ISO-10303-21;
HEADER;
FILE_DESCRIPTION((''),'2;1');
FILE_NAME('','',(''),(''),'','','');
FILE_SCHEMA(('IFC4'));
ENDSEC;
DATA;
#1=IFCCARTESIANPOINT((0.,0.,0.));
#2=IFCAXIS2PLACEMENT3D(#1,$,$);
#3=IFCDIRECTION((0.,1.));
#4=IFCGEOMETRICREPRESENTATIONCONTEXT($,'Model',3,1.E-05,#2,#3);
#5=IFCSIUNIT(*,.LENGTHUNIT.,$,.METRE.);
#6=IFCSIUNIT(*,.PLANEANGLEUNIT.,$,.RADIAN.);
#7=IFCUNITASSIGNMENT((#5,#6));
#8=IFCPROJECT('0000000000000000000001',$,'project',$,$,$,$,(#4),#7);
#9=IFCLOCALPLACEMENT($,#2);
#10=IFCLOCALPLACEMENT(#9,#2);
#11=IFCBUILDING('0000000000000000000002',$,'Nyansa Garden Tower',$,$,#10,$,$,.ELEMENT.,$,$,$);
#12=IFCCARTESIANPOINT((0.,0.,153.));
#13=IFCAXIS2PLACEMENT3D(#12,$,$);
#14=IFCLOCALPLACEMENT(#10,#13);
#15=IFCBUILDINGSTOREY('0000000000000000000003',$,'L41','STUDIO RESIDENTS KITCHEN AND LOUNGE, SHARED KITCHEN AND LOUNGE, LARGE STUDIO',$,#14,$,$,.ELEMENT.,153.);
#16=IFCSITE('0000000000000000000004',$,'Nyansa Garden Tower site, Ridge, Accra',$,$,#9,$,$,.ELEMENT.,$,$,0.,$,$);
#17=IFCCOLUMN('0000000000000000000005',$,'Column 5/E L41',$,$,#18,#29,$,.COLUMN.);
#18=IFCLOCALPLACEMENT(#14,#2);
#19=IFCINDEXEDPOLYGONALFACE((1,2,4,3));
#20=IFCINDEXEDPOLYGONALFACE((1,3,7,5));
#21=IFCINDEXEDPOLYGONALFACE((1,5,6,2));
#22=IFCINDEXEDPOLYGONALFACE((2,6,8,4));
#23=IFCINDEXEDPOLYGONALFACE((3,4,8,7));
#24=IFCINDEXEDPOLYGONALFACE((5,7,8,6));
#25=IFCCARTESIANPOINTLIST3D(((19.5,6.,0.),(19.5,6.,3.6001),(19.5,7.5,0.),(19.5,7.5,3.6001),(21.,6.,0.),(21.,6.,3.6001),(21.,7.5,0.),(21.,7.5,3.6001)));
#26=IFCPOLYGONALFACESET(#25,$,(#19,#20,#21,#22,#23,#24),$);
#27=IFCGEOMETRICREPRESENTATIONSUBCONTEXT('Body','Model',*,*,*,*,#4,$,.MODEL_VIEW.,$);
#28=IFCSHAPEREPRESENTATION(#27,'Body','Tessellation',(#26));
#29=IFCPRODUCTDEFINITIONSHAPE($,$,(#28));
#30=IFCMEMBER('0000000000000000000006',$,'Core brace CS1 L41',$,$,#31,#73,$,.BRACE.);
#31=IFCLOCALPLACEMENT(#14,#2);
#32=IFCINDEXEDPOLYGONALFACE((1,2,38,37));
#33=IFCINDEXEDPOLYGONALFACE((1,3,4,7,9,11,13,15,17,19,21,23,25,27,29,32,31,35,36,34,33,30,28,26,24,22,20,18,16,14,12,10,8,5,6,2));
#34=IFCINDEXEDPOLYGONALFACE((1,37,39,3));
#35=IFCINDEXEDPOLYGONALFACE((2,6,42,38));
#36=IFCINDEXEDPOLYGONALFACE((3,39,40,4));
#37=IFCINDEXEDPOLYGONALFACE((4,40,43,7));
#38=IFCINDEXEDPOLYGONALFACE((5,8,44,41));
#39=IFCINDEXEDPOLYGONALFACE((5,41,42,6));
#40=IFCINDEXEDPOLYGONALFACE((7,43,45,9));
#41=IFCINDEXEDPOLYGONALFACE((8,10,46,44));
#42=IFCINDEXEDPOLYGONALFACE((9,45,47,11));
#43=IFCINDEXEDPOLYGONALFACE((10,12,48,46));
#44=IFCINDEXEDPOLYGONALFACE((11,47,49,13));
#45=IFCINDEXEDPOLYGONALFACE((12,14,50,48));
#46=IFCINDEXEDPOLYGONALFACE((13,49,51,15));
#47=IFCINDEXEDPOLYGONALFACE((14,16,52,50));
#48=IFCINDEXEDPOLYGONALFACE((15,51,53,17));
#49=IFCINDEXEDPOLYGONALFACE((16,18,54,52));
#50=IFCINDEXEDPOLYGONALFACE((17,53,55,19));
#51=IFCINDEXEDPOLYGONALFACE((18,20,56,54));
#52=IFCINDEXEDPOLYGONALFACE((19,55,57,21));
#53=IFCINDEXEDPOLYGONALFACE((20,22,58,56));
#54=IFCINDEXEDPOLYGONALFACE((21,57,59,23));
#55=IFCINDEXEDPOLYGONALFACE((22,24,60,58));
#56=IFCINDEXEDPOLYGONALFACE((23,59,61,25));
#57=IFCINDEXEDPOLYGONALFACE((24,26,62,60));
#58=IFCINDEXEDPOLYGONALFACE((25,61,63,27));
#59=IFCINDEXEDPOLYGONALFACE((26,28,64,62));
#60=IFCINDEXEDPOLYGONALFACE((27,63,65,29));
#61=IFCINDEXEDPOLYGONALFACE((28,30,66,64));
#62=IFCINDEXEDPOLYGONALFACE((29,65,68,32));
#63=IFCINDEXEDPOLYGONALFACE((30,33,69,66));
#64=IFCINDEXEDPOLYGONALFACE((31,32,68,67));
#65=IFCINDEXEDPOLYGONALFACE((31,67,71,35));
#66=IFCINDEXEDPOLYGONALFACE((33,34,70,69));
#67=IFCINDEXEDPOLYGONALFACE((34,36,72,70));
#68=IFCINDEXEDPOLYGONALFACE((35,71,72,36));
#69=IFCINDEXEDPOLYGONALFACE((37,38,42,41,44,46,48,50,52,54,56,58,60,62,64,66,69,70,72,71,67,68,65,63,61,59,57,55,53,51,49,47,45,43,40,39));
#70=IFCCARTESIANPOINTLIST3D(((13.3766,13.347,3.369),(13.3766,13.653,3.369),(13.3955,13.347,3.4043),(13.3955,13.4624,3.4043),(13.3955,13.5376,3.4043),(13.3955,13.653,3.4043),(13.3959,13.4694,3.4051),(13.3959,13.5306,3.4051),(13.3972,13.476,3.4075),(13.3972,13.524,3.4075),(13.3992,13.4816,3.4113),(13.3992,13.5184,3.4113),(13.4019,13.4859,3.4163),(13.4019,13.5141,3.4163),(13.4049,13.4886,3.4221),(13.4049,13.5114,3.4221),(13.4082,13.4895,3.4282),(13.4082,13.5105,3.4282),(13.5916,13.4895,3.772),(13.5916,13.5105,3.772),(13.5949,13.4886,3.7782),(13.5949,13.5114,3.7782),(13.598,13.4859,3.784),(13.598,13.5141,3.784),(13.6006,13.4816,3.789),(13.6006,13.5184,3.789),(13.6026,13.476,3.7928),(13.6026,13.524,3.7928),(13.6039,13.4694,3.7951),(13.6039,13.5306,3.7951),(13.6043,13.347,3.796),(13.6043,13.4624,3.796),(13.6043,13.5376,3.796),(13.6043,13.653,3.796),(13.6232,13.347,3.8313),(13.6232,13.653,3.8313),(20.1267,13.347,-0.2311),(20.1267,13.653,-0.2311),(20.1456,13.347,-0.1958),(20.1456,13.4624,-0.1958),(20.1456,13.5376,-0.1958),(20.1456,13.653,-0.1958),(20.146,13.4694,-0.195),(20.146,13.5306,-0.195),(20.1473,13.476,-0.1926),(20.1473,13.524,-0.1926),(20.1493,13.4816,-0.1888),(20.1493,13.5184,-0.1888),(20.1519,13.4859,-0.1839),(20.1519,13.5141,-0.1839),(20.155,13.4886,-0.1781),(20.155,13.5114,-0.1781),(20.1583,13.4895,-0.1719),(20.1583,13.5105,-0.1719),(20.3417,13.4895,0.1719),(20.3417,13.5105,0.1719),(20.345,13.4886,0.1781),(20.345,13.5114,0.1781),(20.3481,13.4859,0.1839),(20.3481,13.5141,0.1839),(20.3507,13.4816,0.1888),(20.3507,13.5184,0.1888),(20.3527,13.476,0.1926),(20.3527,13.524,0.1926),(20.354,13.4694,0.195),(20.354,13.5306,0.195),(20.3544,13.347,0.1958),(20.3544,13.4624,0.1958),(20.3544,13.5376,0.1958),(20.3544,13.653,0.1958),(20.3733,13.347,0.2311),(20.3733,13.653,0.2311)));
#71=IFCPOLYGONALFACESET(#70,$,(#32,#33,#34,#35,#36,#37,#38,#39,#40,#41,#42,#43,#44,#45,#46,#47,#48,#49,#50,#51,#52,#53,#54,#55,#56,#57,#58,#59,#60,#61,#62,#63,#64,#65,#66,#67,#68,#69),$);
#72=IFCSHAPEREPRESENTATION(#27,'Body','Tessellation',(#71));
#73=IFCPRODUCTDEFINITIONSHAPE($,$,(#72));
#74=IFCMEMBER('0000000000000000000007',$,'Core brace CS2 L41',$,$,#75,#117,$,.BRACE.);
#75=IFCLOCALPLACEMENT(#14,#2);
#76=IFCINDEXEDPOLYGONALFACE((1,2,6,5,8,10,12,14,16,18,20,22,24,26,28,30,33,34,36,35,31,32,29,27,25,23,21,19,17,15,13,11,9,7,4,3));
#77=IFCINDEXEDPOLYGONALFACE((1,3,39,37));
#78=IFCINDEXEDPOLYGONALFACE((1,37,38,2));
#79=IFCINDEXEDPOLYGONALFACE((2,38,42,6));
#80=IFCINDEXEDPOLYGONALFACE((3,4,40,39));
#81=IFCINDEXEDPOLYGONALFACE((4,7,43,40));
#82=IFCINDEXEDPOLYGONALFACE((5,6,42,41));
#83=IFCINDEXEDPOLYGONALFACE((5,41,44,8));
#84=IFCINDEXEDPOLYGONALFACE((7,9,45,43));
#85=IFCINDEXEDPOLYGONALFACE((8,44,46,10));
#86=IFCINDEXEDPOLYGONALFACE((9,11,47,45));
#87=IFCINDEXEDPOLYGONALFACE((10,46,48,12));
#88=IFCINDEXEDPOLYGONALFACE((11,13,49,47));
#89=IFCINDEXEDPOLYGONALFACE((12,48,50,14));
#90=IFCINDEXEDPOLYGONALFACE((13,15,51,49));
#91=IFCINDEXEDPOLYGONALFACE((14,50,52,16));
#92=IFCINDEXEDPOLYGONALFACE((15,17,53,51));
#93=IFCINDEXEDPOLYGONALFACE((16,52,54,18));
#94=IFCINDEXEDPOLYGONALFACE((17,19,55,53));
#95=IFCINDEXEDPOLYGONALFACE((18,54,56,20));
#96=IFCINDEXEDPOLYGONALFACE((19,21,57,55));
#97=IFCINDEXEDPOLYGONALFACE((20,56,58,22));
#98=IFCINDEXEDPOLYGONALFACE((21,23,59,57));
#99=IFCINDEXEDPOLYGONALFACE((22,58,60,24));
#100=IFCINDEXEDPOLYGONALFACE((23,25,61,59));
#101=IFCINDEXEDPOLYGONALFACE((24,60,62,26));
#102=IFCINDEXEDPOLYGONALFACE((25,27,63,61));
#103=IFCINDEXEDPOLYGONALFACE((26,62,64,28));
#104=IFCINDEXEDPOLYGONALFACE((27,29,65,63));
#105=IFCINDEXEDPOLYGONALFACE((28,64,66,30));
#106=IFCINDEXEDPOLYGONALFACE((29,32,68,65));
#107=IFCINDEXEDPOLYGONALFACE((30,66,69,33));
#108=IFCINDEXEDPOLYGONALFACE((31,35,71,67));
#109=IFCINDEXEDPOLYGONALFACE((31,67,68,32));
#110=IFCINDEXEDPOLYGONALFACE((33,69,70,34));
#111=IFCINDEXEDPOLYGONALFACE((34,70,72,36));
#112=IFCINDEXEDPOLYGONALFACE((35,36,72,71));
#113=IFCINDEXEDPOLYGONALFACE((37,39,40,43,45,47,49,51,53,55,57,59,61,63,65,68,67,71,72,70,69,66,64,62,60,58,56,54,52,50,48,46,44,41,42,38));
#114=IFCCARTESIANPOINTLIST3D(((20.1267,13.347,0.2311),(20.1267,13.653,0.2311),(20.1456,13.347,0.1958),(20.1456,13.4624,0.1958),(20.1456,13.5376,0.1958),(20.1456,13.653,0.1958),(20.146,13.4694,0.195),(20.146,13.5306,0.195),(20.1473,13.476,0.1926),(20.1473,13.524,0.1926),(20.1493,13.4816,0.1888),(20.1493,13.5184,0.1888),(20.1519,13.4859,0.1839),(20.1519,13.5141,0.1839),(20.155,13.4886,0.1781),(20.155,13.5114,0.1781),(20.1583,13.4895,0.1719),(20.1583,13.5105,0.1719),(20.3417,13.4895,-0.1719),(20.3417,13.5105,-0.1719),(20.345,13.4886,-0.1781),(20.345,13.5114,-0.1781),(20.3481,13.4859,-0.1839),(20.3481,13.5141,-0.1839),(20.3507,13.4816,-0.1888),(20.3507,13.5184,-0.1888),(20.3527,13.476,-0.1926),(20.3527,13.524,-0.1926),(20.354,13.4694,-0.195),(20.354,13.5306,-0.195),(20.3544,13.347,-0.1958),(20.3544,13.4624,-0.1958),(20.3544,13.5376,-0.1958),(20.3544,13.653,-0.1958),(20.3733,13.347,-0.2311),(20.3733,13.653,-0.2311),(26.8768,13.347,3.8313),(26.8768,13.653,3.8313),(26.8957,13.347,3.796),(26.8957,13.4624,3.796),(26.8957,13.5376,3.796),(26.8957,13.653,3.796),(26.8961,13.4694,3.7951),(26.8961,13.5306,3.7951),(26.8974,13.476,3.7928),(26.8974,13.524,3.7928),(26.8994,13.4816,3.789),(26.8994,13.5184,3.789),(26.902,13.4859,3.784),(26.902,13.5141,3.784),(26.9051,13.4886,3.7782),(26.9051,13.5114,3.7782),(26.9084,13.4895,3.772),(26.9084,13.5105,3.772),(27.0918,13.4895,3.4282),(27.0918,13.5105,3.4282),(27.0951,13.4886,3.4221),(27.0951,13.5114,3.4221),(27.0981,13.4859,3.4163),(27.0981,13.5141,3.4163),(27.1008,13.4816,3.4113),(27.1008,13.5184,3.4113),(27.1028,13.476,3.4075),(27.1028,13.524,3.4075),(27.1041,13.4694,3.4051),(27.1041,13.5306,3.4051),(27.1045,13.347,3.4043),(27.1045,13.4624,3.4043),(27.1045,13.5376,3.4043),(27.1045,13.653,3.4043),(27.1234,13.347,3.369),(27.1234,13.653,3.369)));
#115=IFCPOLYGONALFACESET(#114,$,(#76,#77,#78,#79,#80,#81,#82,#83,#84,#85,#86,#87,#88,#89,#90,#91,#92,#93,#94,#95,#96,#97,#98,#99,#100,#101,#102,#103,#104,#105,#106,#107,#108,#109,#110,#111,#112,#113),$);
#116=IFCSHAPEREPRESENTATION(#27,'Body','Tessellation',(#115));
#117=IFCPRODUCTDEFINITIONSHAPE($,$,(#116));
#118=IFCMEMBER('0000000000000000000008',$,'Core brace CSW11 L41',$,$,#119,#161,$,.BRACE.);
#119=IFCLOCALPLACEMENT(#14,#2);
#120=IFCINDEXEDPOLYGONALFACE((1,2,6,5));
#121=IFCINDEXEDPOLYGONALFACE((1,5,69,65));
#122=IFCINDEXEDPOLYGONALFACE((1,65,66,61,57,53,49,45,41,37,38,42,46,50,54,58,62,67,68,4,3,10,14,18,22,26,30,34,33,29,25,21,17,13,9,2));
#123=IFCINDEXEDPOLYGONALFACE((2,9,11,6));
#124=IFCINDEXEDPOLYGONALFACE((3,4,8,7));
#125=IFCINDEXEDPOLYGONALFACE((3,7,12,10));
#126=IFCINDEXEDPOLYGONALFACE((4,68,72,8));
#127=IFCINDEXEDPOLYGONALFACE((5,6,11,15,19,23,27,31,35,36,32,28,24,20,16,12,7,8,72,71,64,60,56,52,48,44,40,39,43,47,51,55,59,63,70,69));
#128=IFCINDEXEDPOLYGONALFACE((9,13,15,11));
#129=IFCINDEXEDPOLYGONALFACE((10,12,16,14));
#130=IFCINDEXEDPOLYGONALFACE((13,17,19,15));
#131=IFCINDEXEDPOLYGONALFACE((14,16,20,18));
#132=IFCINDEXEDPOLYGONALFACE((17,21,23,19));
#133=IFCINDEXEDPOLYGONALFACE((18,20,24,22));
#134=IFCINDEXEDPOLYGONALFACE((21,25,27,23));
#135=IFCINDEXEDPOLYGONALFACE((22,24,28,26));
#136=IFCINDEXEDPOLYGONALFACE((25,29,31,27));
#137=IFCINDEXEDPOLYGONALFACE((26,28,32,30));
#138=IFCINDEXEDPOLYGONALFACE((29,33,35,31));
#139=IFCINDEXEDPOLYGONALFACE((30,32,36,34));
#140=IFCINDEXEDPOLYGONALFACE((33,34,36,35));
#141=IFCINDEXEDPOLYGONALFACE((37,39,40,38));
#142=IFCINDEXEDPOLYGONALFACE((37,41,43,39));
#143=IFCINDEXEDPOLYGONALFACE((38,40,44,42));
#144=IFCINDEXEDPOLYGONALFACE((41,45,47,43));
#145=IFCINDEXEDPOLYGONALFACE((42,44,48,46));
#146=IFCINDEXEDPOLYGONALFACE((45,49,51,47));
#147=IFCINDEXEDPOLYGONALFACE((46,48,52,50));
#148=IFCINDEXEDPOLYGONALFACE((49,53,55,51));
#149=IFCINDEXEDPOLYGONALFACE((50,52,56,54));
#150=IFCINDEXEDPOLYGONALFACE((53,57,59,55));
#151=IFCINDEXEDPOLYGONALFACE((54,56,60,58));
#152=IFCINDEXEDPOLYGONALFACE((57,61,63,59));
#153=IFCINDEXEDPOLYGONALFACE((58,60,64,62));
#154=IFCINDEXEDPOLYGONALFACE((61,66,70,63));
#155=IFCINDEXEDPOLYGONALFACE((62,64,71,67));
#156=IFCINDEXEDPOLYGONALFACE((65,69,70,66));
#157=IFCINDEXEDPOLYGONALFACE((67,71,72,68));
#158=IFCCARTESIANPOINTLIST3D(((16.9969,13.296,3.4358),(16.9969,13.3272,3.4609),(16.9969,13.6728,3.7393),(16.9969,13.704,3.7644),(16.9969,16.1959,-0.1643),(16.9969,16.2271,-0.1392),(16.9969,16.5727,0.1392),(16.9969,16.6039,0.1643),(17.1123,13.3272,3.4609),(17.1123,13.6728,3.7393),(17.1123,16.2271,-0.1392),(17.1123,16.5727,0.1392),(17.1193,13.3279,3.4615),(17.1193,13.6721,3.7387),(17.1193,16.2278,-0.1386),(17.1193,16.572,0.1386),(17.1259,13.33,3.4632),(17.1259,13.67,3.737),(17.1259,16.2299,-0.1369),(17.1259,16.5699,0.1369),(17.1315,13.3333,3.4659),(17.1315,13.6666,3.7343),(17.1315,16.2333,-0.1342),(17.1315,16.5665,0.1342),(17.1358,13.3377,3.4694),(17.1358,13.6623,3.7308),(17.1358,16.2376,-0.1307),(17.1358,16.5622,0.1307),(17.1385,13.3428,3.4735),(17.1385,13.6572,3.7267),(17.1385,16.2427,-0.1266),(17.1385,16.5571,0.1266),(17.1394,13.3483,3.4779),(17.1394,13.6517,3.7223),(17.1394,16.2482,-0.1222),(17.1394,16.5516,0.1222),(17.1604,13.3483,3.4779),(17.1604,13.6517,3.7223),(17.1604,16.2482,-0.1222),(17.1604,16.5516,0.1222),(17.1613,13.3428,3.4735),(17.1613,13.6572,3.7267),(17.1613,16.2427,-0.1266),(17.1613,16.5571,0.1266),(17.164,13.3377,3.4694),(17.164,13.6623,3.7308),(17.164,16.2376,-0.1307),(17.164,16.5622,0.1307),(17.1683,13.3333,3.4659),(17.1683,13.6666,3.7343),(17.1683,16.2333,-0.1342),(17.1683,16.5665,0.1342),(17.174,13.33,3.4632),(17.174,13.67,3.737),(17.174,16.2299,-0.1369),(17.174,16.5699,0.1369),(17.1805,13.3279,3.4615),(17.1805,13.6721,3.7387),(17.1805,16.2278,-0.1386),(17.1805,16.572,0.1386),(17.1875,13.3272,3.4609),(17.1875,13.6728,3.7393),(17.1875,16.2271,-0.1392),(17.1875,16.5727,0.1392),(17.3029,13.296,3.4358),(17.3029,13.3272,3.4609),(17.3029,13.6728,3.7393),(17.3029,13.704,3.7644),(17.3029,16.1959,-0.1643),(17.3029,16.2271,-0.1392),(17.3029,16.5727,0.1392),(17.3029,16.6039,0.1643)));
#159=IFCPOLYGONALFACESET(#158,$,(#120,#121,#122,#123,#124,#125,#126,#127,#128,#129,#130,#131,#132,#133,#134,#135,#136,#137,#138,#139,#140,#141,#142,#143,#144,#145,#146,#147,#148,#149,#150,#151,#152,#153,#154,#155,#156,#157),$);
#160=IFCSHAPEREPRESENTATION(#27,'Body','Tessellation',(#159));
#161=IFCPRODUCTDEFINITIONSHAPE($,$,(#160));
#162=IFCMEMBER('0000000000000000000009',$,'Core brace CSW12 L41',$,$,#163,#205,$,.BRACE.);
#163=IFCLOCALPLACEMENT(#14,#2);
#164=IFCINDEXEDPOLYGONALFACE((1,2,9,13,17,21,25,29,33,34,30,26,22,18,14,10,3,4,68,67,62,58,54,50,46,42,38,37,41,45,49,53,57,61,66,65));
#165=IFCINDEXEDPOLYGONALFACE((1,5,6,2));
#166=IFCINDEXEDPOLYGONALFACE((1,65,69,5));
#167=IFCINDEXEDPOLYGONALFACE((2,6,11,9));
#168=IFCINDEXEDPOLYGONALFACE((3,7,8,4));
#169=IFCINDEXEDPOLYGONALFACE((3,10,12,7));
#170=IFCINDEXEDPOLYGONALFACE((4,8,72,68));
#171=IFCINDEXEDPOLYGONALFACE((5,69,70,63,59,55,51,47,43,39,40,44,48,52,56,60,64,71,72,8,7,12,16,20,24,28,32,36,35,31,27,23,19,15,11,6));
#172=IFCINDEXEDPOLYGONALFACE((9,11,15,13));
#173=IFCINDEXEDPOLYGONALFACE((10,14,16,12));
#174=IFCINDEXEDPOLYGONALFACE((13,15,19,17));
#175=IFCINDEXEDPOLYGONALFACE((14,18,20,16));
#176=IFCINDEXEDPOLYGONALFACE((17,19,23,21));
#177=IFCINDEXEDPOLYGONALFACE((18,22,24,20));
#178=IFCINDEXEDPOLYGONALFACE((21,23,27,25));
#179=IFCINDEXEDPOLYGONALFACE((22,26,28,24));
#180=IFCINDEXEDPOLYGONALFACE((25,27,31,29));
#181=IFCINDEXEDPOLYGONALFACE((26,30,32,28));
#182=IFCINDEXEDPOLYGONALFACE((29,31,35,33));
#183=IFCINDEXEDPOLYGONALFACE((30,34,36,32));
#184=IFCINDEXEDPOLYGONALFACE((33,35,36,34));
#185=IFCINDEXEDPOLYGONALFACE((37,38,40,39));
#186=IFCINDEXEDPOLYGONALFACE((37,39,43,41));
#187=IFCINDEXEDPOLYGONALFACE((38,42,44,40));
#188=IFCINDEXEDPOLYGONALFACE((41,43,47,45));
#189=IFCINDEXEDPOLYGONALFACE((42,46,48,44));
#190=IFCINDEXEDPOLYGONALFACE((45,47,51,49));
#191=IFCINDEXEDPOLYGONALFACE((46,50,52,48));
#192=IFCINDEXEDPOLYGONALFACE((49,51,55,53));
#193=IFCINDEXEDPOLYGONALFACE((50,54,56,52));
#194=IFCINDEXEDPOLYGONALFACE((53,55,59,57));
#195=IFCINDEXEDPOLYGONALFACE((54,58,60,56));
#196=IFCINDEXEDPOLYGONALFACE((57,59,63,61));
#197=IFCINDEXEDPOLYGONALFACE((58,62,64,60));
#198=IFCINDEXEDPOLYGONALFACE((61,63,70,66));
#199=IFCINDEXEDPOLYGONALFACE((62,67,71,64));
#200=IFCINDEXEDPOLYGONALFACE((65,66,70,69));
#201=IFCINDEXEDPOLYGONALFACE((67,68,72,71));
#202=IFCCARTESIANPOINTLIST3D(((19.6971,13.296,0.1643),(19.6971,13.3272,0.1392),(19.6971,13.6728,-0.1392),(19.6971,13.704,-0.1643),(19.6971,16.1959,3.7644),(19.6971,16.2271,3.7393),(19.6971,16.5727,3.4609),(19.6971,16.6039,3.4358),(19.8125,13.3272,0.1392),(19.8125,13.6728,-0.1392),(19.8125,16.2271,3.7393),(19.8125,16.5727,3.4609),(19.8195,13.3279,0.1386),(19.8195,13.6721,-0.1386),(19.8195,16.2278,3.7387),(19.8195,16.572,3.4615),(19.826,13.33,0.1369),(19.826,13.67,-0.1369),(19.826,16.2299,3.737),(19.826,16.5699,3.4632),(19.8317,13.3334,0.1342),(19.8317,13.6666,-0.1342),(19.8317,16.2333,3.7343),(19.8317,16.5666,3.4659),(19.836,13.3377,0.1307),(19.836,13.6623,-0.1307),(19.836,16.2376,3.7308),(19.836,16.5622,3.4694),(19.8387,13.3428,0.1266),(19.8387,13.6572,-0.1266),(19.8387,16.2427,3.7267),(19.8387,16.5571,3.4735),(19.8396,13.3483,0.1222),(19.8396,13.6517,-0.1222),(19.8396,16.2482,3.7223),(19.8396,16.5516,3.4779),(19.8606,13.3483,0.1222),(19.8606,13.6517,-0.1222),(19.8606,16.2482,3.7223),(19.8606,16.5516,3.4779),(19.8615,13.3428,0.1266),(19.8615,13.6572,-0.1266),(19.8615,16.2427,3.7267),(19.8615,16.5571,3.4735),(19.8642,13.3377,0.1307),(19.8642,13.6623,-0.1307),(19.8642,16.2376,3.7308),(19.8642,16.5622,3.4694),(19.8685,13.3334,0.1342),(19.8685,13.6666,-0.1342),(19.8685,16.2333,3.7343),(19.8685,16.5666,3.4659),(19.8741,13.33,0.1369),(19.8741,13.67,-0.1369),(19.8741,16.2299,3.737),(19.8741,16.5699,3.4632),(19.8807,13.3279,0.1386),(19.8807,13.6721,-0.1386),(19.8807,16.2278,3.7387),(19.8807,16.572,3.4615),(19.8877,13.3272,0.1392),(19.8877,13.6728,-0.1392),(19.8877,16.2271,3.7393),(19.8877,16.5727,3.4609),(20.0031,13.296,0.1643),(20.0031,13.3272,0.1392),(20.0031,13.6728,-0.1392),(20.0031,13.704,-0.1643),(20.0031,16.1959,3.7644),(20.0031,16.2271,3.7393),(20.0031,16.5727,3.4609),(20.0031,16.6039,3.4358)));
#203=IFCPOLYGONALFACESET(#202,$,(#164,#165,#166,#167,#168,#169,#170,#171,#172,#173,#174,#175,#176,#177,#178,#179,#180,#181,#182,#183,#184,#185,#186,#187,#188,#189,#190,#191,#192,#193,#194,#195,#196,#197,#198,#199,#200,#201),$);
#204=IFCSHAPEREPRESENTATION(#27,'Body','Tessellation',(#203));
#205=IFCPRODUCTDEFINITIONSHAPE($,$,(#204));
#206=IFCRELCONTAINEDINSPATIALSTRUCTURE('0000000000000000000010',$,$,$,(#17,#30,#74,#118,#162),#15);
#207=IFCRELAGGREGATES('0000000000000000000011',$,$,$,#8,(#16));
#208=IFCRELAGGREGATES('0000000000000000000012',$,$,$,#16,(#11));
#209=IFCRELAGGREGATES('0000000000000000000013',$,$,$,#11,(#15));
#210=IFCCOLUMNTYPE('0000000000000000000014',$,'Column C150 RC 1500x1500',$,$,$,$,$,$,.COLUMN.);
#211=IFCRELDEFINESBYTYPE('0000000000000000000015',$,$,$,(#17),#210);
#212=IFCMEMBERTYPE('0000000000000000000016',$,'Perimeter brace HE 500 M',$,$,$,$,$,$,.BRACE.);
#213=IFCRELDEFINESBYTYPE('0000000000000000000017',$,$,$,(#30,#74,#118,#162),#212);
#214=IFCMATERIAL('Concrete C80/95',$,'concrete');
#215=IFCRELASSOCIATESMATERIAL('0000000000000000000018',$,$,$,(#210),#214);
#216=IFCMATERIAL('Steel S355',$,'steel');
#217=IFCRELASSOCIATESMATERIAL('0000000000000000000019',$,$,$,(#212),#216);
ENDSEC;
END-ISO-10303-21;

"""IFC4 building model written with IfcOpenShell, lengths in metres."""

from ifc_helpers import new_model, si_unit, direction, frame, origin, origin_2d, place, context, subcontext, project, spatial, rectangle, i_section, extrude, material, material_profile, profile_set, type_object, element, save


model = new_model("IFC4")

# Units and contexts
model_context = context("Model", 3, precision=1e-05, world=origin(), true_north=direction((0.0, 1.0)))
body_context = subcontext(model_context, "Body", "Model", "MODEL_VIEW")
ifc_project = project(units=[si_unit("LENGTHUNIT", "METRE"), si_unit("PLANEANGLEUNIT", "RADIAN")], contexts=[model_context])

# Site, building, storey
site_placement = place(None, origin())
site = spatial("IfcSite", under=ifc_project, at=site_placement, Name="Nyansa Garden Tower site, Ridge, Accra", CompositionType="ELEMENT", RefElevation=0.0)
building_placement = place(site_placement, origin())
building = spatial("IfcBuilding", under=site, at=building_placement, Name="Nyansa Garden Tower", CompositionType="ELEMENT")
storey_placement = place(building_placement, frame((0.0, 0.0, 153.0)))
storey = spatial("IfcBuildingStorey", under=building, at=storey_placement, Name="L41", Description="STUDIO RESIDENTS KITCHEN AND LOUNGE, SHARED KITCHEN AND LOUNGE, LARGE STUDIO", CompositionType="ELEMENT", Elevation=153.0)

# Column
ifc_material_1 = material(Name="Concrete C80/95", Category="concrete")
ifc_material_profile_1 = material_profile(ifc_material_1, rectangle(XDim=1.5, YDim=1.5, at=origin_2d()), Name="RC 1500x1500")
ifc_profile_set_1 = profile_set([ifc_material_profile_1], Name="Concrete C80/95")
column_type = type_object("IfcColumnType", Name="Column C150 RC 1500x1500", PredefinedType="COLUMN", material=ifc_profile_set_1)
column_placement = place(storey_placement, frame((20.25, 6.75, 0.0), z_axis=(0.0, 0.0, 1.0), x_axis=(1.0, 0.0, 0.0)))
element("IfcColumn", 1, at=column_placement, inside=storey, type_object=column_type, Name="Column 5/E L41", PredefinedType="COLUMN", context=body_context, shape_type="SweptSolid", body=[
    extrude(rectangle(XDim=1.5, YDim=1.5, at=origin_2d()), origin(), (0.0, 0.0, 1.0), 3.6001),
])

# Members
ifc_material_2 = material(Name="Steel S355", Category="steel")
ifc_material_profile_2 = material_profile(ifc_material_2, i_section(OverallWidth=0.3059, OverallDepth=0.5239, WebThickness=0.021, FlangeThickness=0.04, FilletRadius=0.0271, at=origin_2d()), Name="HE 500 M")
ifc_profile_set_2 = profile_set([ifc_material_profile_2], Name="Steel S355")
member_type = type_object("IfcMemberType", Name="Perimeter brace HE 500 M", PredefinedType="BRACE", material=ifc_profile_set_2)
for number, where, z_axis, x_axis, name in (
    (2, (20.25, 13.5, 0.0), (-0.882348, 0.0, 0.470598), (0.0, -1.0, 0.0), "Core brace CS1 L41"),
    (3, (20.25, 13.5, 0.0), (0.882348, 0.0, 0.470598), (0.0, 1.0, 0.0), "Core brace CS2 L41"),
):
    element("IfcMember", number, at=place(storey_placement, frame(where, z_axis=z_axis, x_axis=x_axis)), inside=storey, type_object=member_type, Name=name, PredefinedType="BRACE", context=body_context, shape_type="SweptSolid", body=[
        extrude(i_section(OverallWidth=0.3059, OverallDepth=0.5239, WebThickness=0.021, FlangeThickness=0.04, FilletRadius=0.0271, at=origin_2d()), origin(), (0.0, 0.0, 1.0), 7.6501),
    ])
for number, where, z_axis, x_axis, name in (
    (4, (17.1499, 16.3999, 0.0), (0.0, -0.627306, 0.778773), (1.0, 0.0, 0.0), "Core brace CSW11 L41"),
    (5, (19.8501, 13.5, 0.0), (0.0, 0.627306, 0.778773), (-1.0, 0.0, 0.0), "Core brace CSW12 L41"),
):
    element("IfcMember", number, at=place(storey_placement, frame(where, z_axis=z_axis, x_axis=x_axis)), inside=storey, type_object=member_type, Name=name, PredefinedType="BRACE", context=body_context, shape_type="SweptSolid", body=[
        extrude(i_section(OverallWidth=0.3059, OverallDepth=0.5239, WebThickness=0.021, FlangeThickness=0.04, FilletRadius=0.0271, at=origin_2d()), origin(), (0.0, 0.0, 1.0), 4.6228),
    ])

save(model, "model.ifc")
